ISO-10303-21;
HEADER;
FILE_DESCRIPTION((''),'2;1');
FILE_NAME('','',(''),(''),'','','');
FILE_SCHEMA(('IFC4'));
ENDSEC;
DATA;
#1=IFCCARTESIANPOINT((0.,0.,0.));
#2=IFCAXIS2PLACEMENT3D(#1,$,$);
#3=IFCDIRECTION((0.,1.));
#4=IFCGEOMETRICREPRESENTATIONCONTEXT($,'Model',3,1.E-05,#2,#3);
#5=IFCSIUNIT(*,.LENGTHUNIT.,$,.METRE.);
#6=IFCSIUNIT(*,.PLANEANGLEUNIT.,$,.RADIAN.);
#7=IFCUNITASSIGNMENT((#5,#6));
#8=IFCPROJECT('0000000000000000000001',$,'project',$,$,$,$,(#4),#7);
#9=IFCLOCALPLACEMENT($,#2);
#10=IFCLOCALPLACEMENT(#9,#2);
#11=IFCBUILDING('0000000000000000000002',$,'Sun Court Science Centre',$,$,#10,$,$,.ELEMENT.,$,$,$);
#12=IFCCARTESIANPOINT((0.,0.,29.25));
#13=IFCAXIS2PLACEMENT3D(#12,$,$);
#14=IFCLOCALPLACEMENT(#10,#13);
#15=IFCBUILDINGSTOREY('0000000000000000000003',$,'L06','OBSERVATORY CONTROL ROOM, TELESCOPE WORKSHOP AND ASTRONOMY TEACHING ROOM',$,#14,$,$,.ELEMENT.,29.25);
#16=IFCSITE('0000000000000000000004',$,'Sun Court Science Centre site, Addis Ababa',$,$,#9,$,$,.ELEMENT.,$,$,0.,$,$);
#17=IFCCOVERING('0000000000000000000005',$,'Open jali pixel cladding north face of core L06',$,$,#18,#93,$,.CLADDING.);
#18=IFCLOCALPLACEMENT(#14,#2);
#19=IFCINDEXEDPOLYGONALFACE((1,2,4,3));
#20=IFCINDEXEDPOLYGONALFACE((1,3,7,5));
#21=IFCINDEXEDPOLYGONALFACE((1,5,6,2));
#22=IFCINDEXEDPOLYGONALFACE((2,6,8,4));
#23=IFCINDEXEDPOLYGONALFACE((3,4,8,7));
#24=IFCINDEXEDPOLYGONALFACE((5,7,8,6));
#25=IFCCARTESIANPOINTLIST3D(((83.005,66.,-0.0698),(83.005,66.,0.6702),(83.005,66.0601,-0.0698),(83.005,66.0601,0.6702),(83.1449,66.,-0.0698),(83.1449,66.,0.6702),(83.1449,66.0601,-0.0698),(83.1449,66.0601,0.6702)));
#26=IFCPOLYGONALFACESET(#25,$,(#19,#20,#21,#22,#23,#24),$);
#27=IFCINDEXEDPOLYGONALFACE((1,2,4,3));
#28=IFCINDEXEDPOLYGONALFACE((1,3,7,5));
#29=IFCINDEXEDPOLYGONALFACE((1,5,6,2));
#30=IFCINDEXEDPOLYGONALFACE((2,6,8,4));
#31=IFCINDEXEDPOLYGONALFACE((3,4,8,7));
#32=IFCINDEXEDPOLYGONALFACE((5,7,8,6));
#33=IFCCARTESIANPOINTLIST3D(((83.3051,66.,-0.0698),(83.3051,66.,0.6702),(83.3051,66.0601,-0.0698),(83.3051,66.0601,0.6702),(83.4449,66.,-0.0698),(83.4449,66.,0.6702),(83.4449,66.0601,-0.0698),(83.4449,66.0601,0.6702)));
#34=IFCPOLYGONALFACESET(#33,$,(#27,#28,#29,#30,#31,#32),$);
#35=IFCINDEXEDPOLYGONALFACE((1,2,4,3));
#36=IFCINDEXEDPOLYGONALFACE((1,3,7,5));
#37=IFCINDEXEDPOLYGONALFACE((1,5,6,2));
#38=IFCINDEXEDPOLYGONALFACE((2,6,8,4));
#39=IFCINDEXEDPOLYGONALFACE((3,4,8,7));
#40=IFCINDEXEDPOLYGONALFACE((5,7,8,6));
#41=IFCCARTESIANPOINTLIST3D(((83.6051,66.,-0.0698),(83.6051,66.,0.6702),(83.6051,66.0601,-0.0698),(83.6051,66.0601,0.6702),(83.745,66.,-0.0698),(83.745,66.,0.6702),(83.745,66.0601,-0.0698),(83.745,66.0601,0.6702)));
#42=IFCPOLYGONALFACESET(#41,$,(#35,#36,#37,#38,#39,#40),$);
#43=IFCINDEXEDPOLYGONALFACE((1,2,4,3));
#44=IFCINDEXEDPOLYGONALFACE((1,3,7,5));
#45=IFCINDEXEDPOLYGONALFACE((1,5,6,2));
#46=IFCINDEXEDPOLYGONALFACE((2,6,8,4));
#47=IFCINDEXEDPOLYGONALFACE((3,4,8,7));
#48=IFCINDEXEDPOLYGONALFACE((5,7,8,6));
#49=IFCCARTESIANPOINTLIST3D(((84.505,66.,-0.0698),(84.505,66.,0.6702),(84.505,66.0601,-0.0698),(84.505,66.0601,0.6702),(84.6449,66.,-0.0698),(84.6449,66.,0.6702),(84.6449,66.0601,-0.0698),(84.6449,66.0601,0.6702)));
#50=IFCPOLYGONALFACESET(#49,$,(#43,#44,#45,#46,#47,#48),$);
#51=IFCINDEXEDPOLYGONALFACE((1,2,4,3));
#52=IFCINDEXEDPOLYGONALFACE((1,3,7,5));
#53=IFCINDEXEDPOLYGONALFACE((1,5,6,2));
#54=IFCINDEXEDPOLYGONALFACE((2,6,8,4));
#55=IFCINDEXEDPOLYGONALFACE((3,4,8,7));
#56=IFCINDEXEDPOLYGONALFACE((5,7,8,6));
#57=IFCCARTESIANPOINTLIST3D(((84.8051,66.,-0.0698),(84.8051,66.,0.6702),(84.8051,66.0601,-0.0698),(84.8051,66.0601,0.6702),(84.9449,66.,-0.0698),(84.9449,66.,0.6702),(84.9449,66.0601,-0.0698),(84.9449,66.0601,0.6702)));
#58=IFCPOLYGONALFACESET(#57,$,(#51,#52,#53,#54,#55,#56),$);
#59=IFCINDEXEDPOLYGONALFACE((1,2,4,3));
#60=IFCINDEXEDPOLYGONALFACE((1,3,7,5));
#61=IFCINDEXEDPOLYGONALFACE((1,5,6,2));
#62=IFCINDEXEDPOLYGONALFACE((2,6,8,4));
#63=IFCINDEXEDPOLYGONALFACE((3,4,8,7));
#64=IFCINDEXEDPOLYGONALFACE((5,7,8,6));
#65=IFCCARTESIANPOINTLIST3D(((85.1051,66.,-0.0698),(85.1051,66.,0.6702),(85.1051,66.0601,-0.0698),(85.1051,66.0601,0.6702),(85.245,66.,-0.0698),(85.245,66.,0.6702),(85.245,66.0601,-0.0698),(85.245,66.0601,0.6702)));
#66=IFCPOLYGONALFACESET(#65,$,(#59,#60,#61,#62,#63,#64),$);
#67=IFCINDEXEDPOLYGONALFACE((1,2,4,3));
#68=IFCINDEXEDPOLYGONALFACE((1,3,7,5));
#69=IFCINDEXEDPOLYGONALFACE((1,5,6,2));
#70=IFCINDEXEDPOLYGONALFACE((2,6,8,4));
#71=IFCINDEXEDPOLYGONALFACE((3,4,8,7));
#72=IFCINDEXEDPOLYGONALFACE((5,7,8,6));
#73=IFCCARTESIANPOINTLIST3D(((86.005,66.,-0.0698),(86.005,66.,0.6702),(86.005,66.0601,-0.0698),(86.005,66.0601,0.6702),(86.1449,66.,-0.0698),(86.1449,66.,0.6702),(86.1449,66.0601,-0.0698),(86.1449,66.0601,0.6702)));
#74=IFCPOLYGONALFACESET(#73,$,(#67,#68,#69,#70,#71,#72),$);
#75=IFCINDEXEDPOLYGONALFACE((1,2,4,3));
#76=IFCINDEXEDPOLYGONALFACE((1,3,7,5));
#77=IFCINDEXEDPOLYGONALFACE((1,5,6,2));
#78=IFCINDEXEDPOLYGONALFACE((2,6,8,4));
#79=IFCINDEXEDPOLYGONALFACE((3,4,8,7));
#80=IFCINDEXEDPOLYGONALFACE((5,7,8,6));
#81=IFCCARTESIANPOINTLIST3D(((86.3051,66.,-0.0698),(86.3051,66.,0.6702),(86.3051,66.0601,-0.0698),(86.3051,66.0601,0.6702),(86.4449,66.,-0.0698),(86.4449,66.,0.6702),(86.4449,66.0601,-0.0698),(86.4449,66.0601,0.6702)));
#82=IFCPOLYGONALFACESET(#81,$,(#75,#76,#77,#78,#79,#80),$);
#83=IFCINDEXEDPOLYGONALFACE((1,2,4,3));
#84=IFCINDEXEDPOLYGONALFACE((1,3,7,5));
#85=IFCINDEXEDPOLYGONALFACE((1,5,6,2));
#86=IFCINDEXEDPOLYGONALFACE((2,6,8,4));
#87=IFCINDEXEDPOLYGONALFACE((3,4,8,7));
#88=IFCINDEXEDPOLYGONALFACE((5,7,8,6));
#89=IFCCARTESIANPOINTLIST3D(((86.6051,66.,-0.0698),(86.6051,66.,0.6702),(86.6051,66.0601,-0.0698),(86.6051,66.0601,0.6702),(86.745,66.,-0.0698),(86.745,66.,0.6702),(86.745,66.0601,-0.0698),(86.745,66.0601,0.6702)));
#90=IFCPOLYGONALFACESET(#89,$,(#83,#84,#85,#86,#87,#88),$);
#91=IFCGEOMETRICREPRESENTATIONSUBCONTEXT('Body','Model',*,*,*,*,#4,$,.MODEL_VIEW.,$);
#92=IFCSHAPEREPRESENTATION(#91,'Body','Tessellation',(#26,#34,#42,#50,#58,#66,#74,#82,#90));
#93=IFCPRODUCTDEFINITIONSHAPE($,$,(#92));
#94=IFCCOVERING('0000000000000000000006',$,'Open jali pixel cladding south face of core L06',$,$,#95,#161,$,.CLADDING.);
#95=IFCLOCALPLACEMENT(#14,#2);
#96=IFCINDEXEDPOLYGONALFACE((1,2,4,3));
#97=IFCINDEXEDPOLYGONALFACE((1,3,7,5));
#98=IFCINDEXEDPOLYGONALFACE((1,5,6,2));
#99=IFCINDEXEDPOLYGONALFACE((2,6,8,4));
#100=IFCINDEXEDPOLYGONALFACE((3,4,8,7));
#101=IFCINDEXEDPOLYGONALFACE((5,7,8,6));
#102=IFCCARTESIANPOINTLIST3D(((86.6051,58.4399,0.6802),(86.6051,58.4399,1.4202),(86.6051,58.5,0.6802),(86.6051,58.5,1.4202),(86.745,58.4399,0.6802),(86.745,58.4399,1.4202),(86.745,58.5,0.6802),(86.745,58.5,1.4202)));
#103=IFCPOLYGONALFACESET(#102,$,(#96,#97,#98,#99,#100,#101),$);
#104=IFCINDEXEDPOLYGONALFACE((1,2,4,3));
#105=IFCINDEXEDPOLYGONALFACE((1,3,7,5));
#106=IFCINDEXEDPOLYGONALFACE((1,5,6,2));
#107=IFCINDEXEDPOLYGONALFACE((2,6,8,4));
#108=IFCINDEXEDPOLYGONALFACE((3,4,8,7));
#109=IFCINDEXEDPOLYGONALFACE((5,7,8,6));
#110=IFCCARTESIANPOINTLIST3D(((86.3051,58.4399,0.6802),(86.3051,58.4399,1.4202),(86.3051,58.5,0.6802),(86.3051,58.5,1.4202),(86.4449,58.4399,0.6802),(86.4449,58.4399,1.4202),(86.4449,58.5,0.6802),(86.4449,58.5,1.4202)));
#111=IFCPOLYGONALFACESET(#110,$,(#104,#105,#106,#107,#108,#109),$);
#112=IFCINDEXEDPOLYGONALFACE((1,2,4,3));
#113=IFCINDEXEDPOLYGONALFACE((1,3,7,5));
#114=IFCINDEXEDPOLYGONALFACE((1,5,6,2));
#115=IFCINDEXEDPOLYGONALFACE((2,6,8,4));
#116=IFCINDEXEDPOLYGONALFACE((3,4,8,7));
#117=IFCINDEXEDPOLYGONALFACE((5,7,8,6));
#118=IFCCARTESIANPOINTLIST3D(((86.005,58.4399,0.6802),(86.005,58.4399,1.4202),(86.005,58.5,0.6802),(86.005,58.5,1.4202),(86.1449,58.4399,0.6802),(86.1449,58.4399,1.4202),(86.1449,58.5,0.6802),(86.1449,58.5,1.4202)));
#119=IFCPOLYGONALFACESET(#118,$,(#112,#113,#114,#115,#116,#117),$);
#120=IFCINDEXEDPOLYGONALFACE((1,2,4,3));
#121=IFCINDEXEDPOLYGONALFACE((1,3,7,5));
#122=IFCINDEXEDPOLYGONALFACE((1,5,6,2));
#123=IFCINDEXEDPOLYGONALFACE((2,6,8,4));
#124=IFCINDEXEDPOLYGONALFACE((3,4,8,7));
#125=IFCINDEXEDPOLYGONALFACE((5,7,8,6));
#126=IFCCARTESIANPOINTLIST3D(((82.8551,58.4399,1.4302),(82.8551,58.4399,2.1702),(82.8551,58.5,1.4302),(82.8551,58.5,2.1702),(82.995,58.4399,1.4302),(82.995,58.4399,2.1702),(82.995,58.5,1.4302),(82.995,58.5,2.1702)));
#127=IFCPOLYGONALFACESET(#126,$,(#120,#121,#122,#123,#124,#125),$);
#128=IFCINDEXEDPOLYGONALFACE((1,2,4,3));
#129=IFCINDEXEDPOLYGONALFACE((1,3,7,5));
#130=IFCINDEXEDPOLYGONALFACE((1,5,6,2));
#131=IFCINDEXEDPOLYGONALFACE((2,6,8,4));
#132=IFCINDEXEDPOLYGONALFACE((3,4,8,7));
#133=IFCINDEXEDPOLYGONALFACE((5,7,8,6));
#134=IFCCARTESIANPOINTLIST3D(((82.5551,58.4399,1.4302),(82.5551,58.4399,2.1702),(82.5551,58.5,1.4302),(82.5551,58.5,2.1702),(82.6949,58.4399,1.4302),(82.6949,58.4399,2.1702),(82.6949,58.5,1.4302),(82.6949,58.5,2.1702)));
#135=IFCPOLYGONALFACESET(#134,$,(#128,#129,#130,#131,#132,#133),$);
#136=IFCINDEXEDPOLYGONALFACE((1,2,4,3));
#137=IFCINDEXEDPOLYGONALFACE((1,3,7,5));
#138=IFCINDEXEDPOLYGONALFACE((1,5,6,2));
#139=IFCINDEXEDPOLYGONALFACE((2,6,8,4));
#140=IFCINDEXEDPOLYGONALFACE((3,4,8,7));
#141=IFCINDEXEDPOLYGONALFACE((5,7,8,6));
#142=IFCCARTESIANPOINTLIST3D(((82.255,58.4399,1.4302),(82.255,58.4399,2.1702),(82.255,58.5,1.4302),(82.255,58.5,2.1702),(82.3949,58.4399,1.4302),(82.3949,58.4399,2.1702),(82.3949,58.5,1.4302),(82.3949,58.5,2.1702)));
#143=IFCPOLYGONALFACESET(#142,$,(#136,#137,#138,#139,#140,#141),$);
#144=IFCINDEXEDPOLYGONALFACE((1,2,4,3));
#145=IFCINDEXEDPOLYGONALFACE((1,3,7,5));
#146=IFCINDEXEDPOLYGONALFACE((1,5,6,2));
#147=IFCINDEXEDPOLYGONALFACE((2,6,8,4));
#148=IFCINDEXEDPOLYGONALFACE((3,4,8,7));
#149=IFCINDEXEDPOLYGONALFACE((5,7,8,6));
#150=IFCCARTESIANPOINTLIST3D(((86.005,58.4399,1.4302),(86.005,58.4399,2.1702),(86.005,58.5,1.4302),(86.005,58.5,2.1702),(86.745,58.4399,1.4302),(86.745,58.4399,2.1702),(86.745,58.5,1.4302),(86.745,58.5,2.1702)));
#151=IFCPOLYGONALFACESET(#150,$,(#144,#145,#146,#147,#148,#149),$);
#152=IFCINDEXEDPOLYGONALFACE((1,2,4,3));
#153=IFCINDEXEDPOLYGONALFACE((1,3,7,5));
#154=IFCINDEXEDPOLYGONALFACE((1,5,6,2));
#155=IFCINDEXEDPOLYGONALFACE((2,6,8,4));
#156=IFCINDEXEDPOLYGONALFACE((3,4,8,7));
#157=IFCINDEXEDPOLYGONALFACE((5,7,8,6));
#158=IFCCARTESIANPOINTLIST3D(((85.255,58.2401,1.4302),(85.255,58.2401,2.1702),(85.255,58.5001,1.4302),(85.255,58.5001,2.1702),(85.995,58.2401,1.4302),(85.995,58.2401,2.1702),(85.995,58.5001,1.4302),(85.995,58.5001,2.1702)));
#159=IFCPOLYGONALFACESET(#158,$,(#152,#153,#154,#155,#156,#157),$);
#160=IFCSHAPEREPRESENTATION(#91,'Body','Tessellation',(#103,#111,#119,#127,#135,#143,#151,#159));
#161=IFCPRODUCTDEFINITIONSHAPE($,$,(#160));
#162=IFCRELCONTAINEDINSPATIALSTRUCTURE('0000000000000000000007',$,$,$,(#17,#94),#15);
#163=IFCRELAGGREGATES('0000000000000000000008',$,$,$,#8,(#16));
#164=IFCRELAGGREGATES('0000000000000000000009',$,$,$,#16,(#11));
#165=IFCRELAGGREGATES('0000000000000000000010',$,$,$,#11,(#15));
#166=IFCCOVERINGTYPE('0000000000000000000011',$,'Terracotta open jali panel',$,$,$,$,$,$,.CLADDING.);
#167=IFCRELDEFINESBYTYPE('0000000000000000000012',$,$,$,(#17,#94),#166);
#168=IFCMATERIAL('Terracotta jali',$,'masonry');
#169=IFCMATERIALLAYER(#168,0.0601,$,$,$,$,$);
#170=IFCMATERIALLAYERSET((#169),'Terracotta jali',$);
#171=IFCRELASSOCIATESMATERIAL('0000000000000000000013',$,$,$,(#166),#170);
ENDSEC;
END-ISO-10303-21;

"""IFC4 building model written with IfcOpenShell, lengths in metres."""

from ifc_helpers import new_model, si_unit, direction, frame, origin, origin_2d, place, context, subcontext, project, spatial, rectangle, extrude, material, layer, layer_set, type_object, element, save


model = new_model("IFC4")

# Units and contexts
model_context = context("Model", 3, precision=1e-05, world=origin(), true_north=direction((0.0, 1.0)))
body_context = subcontext(model_context, "Body", "Model", "MODEL_VIEW")
ifc_project = project(units=[si_unit("LENGTHUNIT", "METRE"), si_unit("PLANEANGLEUNIT", "RADIAN")], contexts=[model_context])

# Site, building, storey
site_placement = place(None, origin())
site = spatial("IfcSite", under=ifc_project, at=site_placement, Name="Sun Court Science Centre site, Addis Ababa", CompositionType="ELEMENT", RefElevation=0.0)
building_placement = place(site_placement, origin())
building = spatial("IfcBuilding", under=site, at=building_placement, Name="Sun Court Science Centre", CompositionType="ELEMENT")
storey_placement = place(building_placement, frame((0.0, 0.0, 29.25)))
storey = spatial("IfcBuildingStorey", under=building, at=storey_placement, Name="L06", Description="OBSERVATORY CONTROL ROOM, TELESCOPE WORKSHOP AND ASTRONOMY TEACHING ROOM", CompositionType="ELEMENT", Elevation=29.25)

# Coverings
ifc_material_1 = material(Name="Terracotta jali", Category="masonry")
ifc_layer_1 = layer(ifc_material_1, 0.0601)
ifc_layer_set_1 = layer_set([ifc_layer_1], Name="Terracotta jali")
covering_type_1 = type_object("IfcCoveringType", Name="Terracotta open jali panel", PredefinedType="CLADDING", material=ifc_layer_set_1)
covering_1_placement = place(storey_placement, frame((0.0, 0.0, -29.25)))
element("IfcCovering", 1, at=covering_1_placement, inside=storey, type_object=covering_type_1, Name="Open jali pixel cladding north face of core L06", PredefinedType="CLADDING", context=body_context, shape_type="SweptSolid", body=[
    extrude(rectangle(XDim=0.1399, YDim=0.0601, at=origin_2d()), frame((83.075, 66.03, 29.1802), z_axis=(0.0, 0.0, 1.0), x_axis=(1.0, 0.0, 0.0)), (0.0, 0.0, 1.0), 0.74),
    extrude(rectangle(XDim=0.1399, YDim=0.0601, at=origin_2d()), frame((83.375, 66.03, 29.1802), z_axis=(0.0, 0.0, 1.0), x_axis=(1.0, 0.0, 0.0)), (0.0, 0.0, 1.0), 0.74),
    extrude(rectangle(XDim=0.1399, YDim=0.0601, at=origin_2d()), frame((83.675, 66.03, 29.1802), z_axis=(0.0, 0.0, 1.0), x_axis=(1.0, 0.0, 0.0)), (0.0, 0.0, 1.0), 0.74),
    extrude(rectangle(XDim=0.1399, YDim=0.0601, at=origin_2d()), frame((84.575, 66.03, 29.1802), z_axis=(0.0, 0.0, 1.0), x_axis=(1.0, 0.0, 0.0)), (0.0, 0.0, 1.0), 0.74),
    extrude(rectangle(XDim=0.1399, YDim=0.0601, at=origin_2d()), frame((84.875, 66.03, 29.1802), z_axis=(0.0, 0.0, 1.0), x_axis=(1.0, 0.0, 0.0)), (0.0, 0.0, 1.0), 0.74),
    extrude(rectangle(XDim=0.1399, YDim=0.0601, at=origin_2d()), frame((85.175, 66.03, 29.1802), z_axis=(0.0, 0.0, 1.0), x_axis=(1.0, 0.0, 0.0)), (0.0, 0.0, 1.0), 0.74),
    extrude(rectangle(XDim=0.1399, YDim=0.0601, at=origin_2d()), frame((86.075, 66.03, 29.1802), z_axis=(0.0, 0.0, 1.0), x_axis=(1.0, 0.0, 0.0)), (0.0, 0.0, 1.0), 0.74),
    extrude(rectangle(XDim=0.1399, YDim=0.0601, at=origin_2d()), frame((86.375, 66.03, 29.1802), z_axis=(0.0, 0.0, 1.0), x_axis=(1.0, 0.0, 0.0)), (0.0, 0.0, 1.0), 0.74),
    extrude(rectangle(XDim=0.1399, YDim=0.0601, at=origin_2d()), frame((86.675, 66.03, 29.1802), z_axis=(0.0, 0.0, 1.0), x_axis=(1.0, 0.0, 0.0)), (0.0, 0.0, 1.0), 0.74),
])
covering_2_placement = place(storey_placement, frame((0.0, 0.0, -29.25)))
element("IfcCovering", 2, at=covering_2_placement, inside=storey, type_object=covering_type_1, Name="Open jali pixel cladding south face of core L06", PredefinedType="CLADDING", context=body_context, shape_type="SweptSolid", body=[
    extrude(rectangle(XDim=0.1399, YDim=0.0601, at=origin_2d()), frame((86.675, 58.47, 29.9302), z_axis=(0.0, 0.0, 1.0), x_axis=(-1.0, 0.0, 0.0)), (0.0, 0.0, 1.0), 0.74),
    extrude(rectangle(XDim=0.1399, YDim=0.0601, at=origin_2d()), frame((86.375, 58.47, 29.9302), z_axis=(0.0, 0.0, 1.0), x_axis=(-1.0, 0.0, 0.0)), (0.0, 0.0, 1.0), 0.74),
    extrude(rectangle(XDim=0.1399, YDim=0.0601, at=origin_2d()), frame((86.075, 58.47, 29.9302), z_axis=(0.0, 0.0, 1.0), x_axis=(-1.0, 0.0, 0.0)), (0.0, 0.0, 1.0), 0.74),
    extrude(rectangle(XDim=0.1399, YDim=0.0601, at=origin_2d()), frame((82.925, 58.47, 30.6802), z_axis=(0.0, 0.0, 1.0), x_axis=(-1.0, 0.0, 0.0)), (0.0, 0.0, 1.0), 0.74),
    extrude(rectangle(XDim=0.1399, YDim=0.0601, at=origin_2d()), frame((82.625, 58.47, 30.6802), z_axis=(0.0, 0.0, 1.0), x_axis=(-1.0, 0.0, 0.0)), (0.0, 0.0, 1.0), 0.74),
    extrude(rectangle(XDim=0.1399, YDim=0.0601, at=origin_2d()), frame((82.325, 58.47, 30.6802), z_axis=(0.0, 0.0, 1.0), x_axis=(-1.0, 0.0, 0.0)), (0.0, 0.0, 1.0), 0.74),
    extrude(rectangle(XDim=0.74, YDim=0.0601, at=origin_2d()), frame((86.375, 58.47, 30.6802), z_axis=(0.0, 0.0, 1.0), x_axis=(-1.0, 0.0, 0.0)), (0.0, 0.0, 1.0), 0.74),
    extrude(rectangle(XDim=0.74, YDim=0.26, at=origin_2d()), frame((85.625, 58.3701, 30.6802), z_axis=(0.0, 0.0, 1.0), x_axis=(-1.0, 0.0, 0.0)), (0.0, 0.0, 1.0), 0.74),
])

save(model, "model.ifc")
